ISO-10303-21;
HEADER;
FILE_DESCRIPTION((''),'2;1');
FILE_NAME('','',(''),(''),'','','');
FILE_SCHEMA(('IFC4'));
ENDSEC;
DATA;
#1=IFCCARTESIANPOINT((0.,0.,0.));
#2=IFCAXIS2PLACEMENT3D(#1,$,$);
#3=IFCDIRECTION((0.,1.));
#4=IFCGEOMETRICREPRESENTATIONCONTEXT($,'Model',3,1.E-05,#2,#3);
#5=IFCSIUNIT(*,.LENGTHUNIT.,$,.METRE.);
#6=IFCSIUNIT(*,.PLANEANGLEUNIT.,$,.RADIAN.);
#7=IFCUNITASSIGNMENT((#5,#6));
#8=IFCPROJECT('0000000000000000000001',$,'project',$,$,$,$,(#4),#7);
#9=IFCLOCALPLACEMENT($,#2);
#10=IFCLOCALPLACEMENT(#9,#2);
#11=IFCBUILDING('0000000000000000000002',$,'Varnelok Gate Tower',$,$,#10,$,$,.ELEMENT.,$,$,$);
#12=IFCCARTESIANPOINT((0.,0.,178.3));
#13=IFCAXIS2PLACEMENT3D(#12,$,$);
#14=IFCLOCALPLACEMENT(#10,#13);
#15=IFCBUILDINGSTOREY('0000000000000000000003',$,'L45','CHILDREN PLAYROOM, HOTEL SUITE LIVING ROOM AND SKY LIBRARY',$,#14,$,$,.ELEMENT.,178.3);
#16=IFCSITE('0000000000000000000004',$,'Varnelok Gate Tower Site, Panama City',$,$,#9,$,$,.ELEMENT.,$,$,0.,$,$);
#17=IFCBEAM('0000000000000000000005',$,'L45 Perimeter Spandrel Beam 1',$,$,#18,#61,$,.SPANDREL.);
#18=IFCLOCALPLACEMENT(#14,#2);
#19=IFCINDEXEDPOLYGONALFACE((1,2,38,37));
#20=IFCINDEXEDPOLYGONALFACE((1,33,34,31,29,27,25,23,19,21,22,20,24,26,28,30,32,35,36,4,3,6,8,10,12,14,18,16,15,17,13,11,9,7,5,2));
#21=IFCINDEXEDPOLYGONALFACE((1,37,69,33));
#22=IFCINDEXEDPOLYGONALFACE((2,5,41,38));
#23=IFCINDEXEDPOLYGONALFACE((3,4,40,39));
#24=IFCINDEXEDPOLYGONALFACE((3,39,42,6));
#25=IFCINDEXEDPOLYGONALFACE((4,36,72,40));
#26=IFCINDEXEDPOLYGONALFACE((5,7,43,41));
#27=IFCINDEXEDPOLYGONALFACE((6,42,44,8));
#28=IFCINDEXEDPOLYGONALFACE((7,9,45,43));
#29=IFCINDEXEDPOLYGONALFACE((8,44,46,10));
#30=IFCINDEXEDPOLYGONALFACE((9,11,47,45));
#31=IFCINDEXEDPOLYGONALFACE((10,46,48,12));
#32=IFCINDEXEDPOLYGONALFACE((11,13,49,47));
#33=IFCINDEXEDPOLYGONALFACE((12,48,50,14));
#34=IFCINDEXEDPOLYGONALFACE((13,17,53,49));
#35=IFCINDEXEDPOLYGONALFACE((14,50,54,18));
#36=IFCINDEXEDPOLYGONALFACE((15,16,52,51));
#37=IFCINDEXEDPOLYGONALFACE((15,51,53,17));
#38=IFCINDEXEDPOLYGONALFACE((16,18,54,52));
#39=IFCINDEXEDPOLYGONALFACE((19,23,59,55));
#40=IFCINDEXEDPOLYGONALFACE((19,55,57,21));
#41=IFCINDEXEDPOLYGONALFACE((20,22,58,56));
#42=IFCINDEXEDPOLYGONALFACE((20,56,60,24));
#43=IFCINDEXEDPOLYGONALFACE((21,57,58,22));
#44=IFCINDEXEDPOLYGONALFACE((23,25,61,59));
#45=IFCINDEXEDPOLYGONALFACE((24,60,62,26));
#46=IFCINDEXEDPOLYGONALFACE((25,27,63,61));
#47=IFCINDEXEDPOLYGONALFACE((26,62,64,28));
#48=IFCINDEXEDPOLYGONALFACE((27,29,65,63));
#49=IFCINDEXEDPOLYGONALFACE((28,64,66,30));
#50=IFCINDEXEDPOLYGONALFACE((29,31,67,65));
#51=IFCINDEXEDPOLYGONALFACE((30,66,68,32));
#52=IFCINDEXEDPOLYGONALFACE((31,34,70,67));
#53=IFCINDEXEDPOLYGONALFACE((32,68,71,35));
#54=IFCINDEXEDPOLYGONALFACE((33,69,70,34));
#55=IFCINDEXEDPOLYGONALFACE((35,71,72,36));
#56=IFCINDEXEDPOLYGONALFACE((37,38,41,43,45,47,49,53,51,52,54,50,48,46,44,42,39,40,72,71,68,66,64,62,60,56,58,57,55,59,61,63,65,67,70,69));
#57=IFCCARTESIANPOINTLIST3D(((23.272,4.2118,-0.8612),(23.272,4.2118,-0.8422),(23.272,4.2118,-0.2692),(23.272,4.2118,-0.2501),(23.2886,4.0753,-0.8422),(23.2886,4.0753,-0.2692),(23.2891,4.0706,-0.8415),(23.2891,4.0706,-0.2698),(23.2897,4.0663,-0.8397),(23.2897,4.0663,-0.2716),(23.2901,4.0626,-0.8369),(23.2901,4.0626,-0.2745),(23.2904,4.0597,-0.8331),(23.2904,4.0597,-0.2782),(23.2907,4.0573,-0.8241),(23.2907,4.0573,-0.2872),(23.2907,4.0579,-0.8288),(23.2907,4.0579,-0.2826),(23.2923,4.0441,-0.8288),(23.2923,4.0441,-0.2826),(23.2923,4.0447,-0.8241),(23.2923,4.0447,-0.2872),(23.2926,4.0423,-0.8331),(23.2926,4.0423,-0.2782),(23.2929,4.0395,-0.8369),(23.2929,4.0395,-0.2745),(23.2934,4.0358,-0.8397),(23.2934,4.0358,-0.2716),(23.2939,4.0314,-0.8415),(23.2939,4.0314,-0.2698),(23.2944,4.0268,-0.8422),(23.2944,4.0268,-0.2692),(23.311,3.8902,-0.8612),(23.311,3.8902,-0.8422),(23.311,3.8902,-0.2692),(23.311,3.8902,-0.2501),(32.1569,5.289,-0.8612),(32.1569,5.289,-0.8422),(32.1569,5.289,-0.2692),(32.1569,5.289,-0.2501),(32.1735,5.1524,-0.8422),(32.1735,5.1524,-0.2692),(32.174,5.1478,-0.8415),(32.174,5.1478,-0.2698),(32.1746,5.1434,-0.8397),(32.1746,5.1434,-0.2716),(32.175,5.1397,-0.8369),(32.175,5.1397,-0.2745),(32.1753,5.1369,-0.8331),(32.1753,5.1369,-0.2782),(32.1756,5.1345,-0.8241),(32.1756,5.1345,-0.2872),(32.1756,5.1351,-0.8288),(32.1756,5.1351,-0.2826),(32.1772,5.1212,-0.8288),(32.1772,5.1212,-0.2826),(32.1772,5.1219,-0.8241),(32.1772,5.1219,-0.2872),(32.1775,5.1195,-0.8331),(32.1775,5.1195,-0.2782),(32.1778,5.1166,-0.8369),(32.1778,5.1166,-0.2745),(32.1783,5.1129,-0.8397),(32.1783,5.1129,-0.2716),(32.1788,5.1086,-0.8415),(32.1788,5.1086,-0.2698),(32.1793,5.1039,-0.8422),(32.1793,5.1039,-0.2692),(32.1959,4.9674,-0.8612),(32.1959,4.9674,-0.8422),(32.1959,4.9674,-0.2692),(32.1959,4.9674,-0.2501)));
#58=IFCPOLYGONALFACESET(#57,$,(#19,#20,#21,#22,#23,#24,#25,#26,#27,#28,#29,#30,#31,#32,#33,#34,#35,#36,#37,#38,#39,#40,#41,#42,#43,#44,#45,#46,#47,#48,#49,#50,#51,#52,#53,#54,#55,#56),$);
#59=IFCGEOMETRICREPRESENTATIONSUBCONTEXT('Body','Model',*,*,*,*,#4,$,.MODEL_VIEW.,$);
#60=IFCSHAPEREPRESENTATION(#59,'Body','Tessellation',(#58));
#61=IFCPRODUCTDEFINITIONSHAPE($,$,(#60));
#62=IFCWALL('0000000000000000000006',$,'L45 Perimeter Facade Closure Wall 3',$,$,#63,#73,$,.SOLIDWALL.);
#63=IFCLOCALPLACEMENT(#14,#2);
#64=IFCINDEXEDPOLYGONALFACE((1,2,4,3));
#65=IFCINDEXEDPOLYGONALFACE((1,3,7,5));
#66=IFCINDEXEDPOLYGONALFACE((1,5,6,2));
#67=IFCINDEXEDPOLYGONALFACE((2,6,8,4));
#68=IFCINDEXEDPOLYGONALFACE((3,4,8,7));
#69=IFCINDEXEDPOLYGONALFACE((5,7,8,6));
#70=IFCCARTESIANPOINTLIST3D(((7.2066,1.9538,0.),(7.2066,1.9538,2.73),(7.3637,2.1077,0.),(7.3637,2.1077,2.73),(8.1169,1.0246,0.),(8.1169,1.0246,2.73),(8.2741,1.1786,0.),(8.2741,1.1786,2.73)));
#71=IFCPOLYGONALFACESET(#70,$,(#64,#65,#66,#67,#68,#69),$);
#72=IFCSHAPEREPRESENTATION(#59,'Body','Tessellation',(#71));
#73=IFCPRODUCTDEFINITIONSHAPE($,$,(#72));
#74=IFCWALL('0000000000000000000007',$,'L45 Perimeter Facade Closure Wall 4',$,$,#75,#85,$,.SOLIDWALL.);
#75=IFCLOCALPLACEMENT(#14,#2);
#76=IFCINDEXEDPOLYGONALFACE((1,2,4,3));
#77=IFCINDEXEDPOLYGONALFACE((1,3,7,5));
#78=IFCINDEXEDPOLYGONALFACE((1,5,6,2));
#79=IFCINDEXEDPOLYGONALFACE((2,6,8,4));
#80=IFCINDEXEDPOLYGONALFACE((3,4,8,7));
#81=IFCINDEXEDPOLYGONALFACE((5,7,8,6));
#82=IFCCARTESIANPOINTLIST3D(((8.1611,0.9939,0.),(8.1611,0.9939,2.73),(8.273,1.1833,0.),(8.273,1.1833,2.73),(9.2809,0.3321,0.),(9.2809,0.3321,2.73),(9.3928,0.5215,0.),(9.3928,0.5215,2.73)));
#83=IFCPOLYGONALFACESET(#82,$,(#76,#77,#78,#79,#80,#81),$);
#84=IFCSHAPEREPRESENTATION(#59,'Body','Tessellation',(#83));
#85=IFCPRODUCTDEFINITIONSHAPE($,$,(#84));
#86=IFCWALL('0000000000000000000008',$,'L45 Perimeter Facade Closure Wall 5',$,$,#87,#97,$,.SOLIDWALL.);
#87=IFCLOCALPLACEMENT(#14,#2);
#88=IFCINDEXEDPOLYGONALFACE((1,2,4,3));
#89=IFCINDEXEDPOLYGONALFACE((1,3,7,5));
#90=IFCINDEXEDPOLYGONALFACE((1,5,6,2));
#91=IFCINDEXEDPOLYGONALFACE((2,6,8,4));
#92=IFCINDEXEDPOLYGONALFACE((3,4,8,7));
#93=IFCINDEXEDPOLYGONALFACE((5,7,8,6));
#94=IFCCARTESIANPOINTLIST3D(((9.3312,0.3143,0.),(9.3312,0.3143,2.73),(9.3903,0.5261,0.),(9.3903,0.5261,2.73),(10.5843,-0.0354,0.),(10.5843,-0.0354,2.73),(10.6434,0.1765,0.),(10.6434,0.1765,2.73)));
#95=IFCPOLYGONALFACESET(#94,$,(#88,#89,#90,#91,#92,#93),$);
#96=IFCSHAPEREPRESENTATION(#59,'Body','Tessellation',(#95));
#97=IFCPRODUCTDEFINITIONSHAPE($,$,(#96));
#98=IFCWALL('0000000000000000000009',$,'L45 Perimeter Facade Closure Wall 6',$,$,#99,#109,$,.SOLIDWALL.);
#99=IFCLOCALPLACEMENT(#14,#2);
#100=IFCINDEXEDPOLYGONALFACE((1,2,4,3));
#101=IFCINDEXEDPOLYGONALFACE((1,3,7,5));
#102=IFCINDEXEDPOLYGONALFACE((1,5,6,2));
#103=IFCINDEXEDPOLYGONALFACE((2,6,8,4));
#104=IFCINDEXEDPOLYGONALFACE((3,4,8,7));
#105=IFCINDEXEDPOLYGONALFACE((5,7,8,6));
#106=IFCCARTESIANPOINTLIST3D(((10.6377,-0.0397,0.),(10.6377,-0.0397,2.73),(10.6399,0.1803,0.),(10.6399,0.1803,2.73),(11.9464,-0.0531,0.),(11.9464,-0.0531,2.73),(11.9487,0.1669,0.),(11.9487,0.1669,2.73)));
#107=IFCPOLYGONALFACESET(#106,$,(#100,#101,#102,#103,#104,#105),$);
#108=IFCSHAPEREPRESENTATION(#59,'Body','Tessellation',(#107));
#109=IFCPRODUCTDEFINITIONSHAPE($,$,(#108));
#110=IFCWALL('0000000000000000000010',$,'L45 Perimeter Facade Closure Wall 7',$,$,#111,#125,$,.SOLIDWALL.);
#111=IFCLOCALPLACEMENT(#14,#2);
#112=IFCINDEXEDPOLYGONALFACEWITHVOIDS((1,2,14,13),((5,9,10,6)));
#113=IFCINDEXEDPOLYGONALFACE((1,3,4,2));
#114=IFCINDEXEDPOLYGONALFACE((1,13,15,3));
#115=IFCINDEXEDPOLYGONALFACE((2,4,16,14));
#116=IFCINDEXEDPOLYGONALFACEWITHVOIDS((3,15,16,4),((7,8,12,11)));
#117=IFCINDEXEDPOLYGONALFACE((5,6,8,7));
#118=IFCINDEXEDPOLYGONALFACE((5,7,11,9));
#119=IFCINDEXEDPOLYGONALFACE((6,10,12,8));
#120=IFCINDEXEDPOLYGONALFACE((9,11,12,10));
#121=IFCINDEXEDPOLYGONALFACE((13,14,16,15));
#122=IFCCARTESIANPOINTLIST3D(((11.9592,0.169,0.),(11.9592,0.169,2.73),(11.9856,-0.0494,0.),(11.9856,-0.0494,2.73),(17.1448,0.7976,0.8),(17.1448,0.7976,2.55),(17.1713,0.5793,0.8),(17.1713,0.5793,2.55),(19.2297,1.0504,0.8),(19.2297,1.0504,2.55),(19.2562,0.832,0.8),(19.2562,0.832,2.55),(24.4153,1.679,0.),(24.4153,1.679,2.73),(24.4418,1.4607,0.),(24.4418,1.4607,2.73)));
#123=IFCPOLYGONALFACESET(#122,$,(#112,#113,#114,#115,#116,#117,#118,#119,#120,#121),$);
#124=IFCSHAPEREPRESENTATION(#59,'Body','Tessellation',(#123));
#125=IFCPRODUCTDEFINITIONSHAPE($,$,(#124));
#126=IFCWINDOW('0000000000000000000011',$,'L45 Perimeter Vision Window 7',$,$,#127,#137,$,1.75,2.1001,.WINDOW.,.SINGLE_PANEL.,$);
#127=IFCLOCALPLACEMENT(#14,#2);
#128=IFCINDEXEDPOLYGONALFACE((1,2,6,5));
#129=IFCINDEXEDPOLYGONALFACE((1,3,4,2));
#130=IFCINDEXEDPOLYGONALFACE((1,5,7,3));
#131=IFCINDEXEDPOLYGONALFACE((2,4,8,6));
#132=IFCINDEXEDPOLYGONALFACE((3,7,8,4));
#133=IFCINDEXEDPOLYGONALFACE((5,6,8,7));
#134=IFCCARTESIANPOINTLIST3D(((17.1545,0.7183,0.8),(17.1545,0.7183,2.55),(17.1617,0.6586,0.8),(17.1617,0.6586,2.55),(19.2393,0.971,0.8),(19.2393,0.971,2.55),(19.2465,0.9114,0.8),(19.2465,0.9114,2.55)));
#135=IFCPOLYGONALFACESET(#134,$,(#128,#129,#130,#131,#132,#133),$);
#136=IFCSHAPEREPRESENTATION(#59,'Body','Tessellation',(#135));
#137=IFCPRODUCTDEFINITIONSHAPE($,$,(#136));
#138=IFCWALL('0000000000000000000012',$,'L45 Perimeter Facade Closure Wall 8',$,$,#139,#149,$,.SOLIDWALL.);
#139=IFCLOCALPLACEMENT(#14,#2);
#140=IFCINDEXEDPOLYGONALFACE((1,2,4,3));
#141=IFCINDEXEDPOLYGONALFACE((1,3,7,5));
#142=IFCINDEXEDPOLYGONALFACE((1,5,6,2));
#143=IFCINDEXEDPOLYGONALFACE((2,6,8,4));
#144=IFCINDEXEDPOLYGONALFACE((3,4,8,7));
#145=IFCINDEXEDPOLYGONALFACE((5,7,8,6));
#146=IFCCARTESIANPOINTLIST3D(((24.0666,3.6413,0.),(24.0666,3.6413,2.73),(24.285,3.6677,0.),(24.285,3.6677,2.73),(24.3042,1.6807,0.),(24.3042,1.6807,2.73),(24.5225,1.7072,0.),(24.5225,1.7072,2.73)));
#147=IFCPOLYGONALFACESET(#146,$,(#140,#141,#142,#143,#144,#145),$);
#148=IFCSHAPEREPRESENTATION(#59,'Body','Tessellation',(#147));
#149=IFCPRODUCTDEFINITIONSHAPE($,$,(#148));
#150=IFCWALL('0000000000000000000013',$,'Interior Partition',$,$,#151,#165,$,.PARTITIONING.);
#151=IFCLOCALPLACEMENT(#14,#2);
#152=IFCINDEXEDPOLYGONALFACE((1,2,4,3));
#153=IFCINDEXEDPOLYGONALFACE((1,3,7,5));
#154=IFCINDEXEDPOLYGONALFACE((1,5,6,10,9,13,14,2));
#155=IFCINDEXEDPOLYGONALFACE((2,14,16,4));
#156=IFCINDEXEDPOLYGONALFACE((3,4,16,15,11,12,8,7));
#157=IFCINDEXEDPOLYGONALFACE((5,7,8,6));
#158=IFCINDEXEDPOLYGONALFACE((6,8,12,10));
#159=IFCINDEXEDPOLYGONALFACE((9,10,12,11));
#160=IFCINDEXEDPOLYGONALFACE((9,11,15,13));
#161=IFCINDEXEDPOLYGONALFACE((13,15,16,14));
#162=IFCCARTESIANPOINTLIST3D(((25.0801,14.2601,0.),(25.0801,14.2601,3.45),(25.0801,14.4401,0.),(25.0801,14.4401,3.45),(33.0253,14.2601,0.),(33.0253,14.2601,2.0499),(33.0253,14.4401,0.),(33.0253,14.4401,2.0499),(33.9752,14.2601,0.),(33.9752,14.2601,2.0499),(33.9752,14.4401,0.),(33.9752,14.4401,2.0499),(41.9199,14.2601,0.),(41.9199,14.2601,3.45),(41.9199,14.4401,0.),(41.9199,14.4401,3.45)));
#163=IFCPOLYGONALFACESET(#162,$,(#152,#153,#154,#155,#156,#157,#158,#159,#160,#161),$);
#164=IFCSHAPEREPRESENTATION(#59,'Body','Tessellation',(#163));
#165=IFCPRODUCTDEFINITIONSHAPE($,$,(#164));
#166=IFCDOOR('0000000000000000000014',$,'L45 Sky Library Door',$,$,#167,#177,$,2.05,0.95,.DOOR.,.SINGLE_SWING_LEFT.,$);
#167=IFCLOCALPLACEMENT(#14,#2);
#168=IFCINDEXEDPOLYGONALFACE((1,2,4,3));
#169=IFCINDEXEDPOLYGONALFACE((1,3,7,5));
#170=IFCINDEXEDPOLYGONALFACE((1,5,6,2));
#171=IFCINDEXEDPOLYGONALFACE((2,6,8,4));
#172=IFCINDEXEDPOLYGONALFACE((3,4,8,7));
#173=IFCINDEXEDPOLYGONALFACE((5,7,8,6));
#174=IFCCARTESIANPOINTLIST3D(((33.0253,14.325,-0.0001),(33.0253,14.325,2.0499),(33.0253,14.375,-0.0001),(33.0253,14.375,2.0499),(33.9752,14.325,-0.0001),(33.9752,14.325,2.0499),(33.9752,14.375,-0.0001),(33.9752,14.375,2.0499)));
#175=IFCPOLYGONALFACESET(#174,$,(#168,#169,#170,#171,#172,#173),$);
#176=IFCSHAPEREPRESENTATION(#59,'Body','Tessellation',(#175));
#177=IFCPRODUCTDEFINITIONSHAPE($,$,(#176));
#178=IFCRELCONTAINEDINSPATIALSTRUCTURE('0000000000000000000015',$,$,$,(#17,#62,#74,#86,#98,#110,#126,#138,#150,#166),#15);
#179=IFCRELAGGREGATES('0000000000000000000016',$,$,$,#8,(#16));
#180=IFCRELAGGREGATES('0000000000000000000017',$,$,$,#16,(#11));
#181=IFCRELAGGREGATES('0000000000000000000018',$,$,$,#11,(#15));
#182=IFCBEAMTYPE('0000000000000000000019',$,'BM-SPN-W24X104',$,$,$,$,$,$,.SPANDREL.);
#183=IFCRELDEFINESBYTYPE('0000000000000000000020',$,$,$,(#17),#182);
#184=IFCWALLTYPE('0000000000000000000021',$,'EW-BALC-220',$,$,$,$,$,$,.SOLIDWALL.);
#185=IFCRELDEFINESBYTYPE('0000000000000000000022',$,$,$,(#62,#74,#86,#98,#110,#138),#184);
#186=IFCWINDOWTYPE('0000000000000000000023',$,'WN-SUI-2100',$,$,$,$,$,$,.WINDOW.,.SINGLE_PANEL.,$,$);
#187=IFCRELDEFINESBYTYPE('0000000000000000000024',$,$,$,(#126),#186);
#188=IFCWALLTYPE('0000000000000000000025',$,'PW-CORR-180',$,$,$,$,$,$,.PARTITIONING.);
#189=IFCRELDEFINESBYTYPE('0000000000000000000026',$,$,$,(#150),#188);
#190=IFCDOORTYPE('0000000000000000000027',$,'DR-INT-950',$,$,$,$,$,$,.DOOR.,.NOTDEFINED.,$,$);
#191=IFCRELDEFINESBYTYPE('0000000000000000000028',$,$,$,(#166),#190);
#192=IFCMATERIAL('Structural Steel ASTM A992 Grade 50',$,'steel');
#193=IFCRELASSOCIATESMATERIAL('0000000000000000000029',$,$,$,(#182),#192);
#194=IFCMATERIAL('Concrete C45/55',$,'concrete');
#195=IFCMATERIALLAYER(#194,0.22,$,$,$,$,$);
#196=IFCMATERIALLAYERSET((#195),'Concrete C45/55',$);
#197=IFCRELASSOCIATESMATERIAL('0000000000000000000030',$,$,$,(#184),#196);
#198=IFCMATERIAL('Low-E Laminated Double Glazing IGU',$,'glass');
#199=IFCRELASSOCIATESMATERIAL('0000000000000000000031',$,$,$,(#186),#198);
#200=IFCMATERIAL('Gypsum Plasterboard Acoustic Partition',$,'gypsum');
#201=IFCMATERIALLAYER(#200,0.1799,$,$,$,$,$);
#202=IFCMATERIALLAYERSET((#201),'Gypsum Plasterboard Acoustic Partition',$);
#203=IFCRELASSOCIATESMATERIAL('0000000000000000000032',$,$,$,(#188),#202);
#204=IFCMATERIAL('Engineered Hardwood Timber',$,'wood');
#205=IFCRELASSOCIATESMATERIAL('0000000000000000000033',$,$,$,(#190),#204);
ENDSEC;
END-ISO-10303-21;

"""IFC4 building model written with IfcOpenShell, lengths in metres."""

from ifc_helpers import new_model, si_unit, direction, frame, frame_2d, origin, origin_2d, place, context, subcontext, project, spatial, rectangle, i_section, extrude, material, layer, layer_set, material_profile, profile_set, type_object, element, fill, save


model = new_model("IFC4")

# Units and contexts
model_context = context("Model", 3, precision=1e-05, world=origin(), true_north=direction((0.0, 1.0)))
body_context = subcontext(model_context, "Body", "Model", "MODEL_VIEW")
ifc_project = project(units=[si_unit("LENGTHUNIT", "METRE"), si_unit("PLANEANGLEUNIT", "RADIAN")], contexts=[model_context])

# Site, building, storey
site_placement = place(None, origin())
site = spatial("IfcSite", under=ifc_project, at=site_placement, Name="Varnelok Gate Tower Site, Panama City", CompositionType="ELEMENT", RefElevation=0.0)
building_placement = place(site_placement, origin())
building = spatial("IfcBuilding", under=site, at=building_placement, Name="Varnelok Gate Tower", CompositionType="ELEMENT")
storey_placement = place(building_placement, frame((0.0, 0.0, 178.3)))
storey = spatial("IfcBuildingStorey", under=building, at=storey_placement, Name="L45", Description="CHILDREN PLAYROOM, HOTEL SUITE LIVING ROOM AND SKY LIBRARY", CompositionType="ELEMENT", Elevation=178.3)

# Shared definitions
ifc_material_1 = material(Name="Structural Steel ASTM A992 Grade 50", Category="steel")

# Beam
ifc_material_profile_1 = material_profile(ifc_material_1, i_section(OverallWidth=0.324, OverallDepth=0.6111, WebThickness=0.0127, FlangeThickness=0.019, FilletRadius=0.0181, at=origin_2d()), Name="W24X104")
ifc_profile_set_1 = profile_set([ifc_material_profile_1], Name="Structural Steel ASTM A992 Grade 50")
beam_type_1 = type_object("IfcBeamType", Name="BM-SPN-W24X104", PredefinedType="SPANDREL", material=ifc_profile_set_1)
beam_1_placement = place(storey_placement, frame((23.2915, 4.051, -0.5557), z_axis=(0.992731, 0.120351, 0.0), x_axis=(-0.120351, 0.992731, 0.0)))
element("IfcBeam", 1, at=beam_1_placement, inside=storey, type_object=beam_type_1, Name="L45 Perimeter Spandrel Beam 1", PredefinedType="SPANDREL", context=body_context, shape_type="SweptSolid", body=[
    extrude(i_section(OverallWidth=0.324, OverallDepth=0.6111, WebThickness=0.0127, FlangeThickness=0.019, FilletRadius=0.0181, at=origin_2d()), origin(), (0.0, 0.0, 1.0), 8.95),
])

# Walls
ifc_material_2 = material(Name="Concrete C45/55", Category="concrete")
ifc_layer_1 = layer(ifc_material_2, 0.22)
ifc_layer_set_1 = layer_set([ifc_layer_1], Name="Concrete C45/55")
wall_type_1 = type_object("IfcWallType", Name="EW-BALC-220", PredefinedType="SOLIDWALL", material=ifc_layer_set_1)
for number, where, z_axis, x_axis, name in (
    (2, (7.2852, 2.0308, 0.0), (0.0, 0.0, 1.0), (0.699844, -0.714295, 0.0), "L45 Perimeter Facade Closure Wall 3"),
    (3, (8.217, 1.0886, 0.0), (0.0, 0.0, 1.0), (0.860885, -0.508799, 0.0), "L45 Perimeter Facade Closure Wall 4"),
):
    element("IfcWall", number, at=place(storey_placement, frame(where, z_axis=z_axis, x_axis=x_axis)), inside=storey, type_object=wall_type_1, Name=name, PredefinedType="SOLIDWALL", context=body_context, shape_type="SweptSolid", body=[
        extrude(rectangle(XDim=1.3008, YDim=0.22, at=frame_2d((0.6504, 0.0))), origin(), (0.0, 0.0, 1.0), 2.73),
    ])
wall_1_placement = place(storey_placement, frame((9.3608, 0.4202, 0.0), z_axis=(0.0, 0.0, 1.0), x_axis=(0.963219, -0.268718, 0.0)))
element("IfcWall", 4, at=wall_1_placement, inside=storey, type_object=wall_type_1, Name="L45 Perimeter Facade Closure Wall 5", PredefinedType="SOLIDWALL", context=body_context, shape_type="SweptSolid", body=[
    extrude(rectangle(XDim=1.301, YDim=0.22, at=frame_2d((0.6504, 0.0))), origin(), (0.0, 0.0, 1.0), 2.73),
])
wall_2_placement = place(storey_placement, frame((10.6389, 0.0703, 0.0), z_axis=(0.0, 0.0, 1.0), x_axis=(0.999947, -0.010259, 0.0)))
element("IfcWall", 5, at=wall_2_placement, inside=storey, type_object=wall_type_1, Name="L45 Perimeter Facade Closure Wall 6", PredefinedType="SOLIDWALL", context=body_context, shape_type="SweptSolid", body=[
    extrude(rectangle(XDim=1.3088, YDim=0.22, at=frame_2d((0.6543, 0.0))), origin(), (0.0, 0.0, 1.0), 2.73),
])

# Wall, opening, window
wall_3_placement = place(storey_placement, frame((11.9724, 0.0598, 0.0), z_axis=(0.0, 0.0, 1.0), x_axis=(0.992732, 0.120346, 0.0)))
wall_3 = element("IfcWall", 6, at=wall_3_placement, inside=storey, type_object=wall_type_1, Name="L45 Perimeter Facade Closure Wall 7", PredefinedType="SOLIDWALL", context=body_context, shape_type="SweptSolid", body=[
    extrude(rectangle(XDim=12.5474, YDim=0.22, at=frame_2d((6.2737, 0.0))), origin(), (0.0, 0.0, 1.0), 2.73),
])
opening_1_placement = place(wall_3_placement, frame((5.2236, 0.0, 0.8)))
opening_1 = element("IfcOpeningElement", 7, at=opening_1_placement, cuts=wall_3, PredefinedType="OPENING", context=body_context, shape_type="SweptSolid", body=[
    extrude(rectangle(XDim=2.1001, YDim=1.75, at=frame_2d((1.05, 0.875))), frame((0.0, 0.1199, 0.0), z_axis=(0.0, -1.0, 0.0), x_axis=(1.0, 0.0, 0.0)), (0.0, 0.0, 1.0), 0.24),
])
ifc_material_3 = material(Name="Low-E Laminated Double Glazing IGU", Category="glass")
window_type = type_object("IfcWindowType", Name="WN-SUI-2100", PartitioningType="SINGLE_PANEL", PredefinedType="WINDOW", material=ifc_material_3)
window_placement = place(opening_1_placement, origin())
window = element("IfcWindow", 8, at=window_placement, inside=storey, type_object=window_type, Name="L45 Perimeter Vision Window 7", OverallHeight=1.75, OverallWidth=2.1001, PartitioningType="SINGLE_PANEL", PredefinedType="WINDOW", context=body_context, shape_type="SweptSolid", body=[
    extrude(rectangle(XDim=2.1001, YDim=1.75, at=frame_2d((1.05, 0.875))), frame((0.0, 0.03, 0.0), z_axis=(0.0, -1.0, 0.0), x_axis=(1.0, 0.0, 0.0)), (0.0, 0.0, 1.0), 0.0601),
])
fill(opening_1, window)

# Wall
wall_4_placement = place(storey_placement, frame((24.4133, 1.6941, 0.0), z_axis=(0.0, 0.0, 1.0), x_axis=(-0.120291, 0.992739, 0.0)))
element("IfcWall", 9, at=wall_4_placement, inside=storey, type_object=wall_type_1, Name="L45 Perimeter Facade Closure Wall 8", PredefinedType="SOLIDWALL", context=body_context, shape_type="SweptSolid", body=[
    extrude(rectangle(XDim=1.9749, YDim=0.22, at=frame_2d((0.9873, 0.0))), origin(), (0.0, 0.0, 1.0), 2.73),
])

# Wall, opening, door
ifc_material_4 = material(Name="Gypsum Plasterboard Acoustic Partition", Category="gypsum")
ifc_layer_2 = layer(ifc_material_4, 0.1799)
ifc_layer_set_2 = layer_set([ifc_layer_2], Name="Gypsum Plasterboard Acoustic Partition")
wall_type_2 = type_object("IfcWallType", Name="PW-CORR-180", PredefinedType="PARTITIONING", material=ifc_layer_set_2)
wall_5_placement = place(storey_placement, frame((25.0801, 14.3501, 0.0), z_axis=(0.0, 0.0, 1.0), x_axis=(1.0, 0.0, 0.0)))
wall_5 = element("IfcWall", 10, at=wall_5_placement, inside=storey, type_object=wall_type_2, Name="Interior Partition", PredefinedType="PARTITIONING", context=body_context, shape_type="SweptSolid", body=[
    extrude(rectangle(XDim=16.8398, YDim=0.1799, at=frame_2d((8.4199, 0.0))), origin(), (0.0, 0.0, 1.0), 3.45),
])
opening_2_placement = place(wall_5_placement, frame((7.9451, 0.0, 0.0)))
opening_2 = element("IfcOpeningElement", 11, at=opening_2_placement, cuts=wall_5, PredefinedType="OPENING", context=body_context, shape_type="SweptSolid", body=[
    extrude(rectangle(XDim=0.95, YDim=2.05, at=frame_2d((0.4751, 1.0249))), frame((0.0, 0.0999, 0.0), z_axis=(0.0, -1.0, 0.0), x_axis=(1.0, 0.0, 0.0)), (0.0, 0.0, 1.0), 0.2),
])
ifc_material_5 = material(Name="Engineered Hardwood Timber", Category="wood")
door_type_1 = type_object("IfcDoorType", Name="DR-INT-950", OperationType="NOTDEFINED", PredefinedType="DOOR", material=ifc_material_5)
door_1_placement = place(opening_2_placement, origin())
door_1 = element("IfcDoor", 12, at=door_1_placement, inside=storey, type_object=door_type_1, Name="L45 Sky Library Door", OperationType="SINGLE_SWING_LEFT", OverallHeight=2.05, OverallWidth=0.95, PredefinedType="DOOR", context=body_context, shape_type="SweptSolid", body=[
    extrude(rectangle(XDim=0.95, YDim=2.05, at=frame_2d((0.4751, 1.0249))), frame((0.0, 0.0249, 0.0), z_axis=(0.0, -1.0, 0.0), x_axis=(1.0, 0.0, 0.0)), (0.0, 0.0, 1.0), 0.05),
])
fill(opening_2, door_1)

save(model, "model.ifc")
